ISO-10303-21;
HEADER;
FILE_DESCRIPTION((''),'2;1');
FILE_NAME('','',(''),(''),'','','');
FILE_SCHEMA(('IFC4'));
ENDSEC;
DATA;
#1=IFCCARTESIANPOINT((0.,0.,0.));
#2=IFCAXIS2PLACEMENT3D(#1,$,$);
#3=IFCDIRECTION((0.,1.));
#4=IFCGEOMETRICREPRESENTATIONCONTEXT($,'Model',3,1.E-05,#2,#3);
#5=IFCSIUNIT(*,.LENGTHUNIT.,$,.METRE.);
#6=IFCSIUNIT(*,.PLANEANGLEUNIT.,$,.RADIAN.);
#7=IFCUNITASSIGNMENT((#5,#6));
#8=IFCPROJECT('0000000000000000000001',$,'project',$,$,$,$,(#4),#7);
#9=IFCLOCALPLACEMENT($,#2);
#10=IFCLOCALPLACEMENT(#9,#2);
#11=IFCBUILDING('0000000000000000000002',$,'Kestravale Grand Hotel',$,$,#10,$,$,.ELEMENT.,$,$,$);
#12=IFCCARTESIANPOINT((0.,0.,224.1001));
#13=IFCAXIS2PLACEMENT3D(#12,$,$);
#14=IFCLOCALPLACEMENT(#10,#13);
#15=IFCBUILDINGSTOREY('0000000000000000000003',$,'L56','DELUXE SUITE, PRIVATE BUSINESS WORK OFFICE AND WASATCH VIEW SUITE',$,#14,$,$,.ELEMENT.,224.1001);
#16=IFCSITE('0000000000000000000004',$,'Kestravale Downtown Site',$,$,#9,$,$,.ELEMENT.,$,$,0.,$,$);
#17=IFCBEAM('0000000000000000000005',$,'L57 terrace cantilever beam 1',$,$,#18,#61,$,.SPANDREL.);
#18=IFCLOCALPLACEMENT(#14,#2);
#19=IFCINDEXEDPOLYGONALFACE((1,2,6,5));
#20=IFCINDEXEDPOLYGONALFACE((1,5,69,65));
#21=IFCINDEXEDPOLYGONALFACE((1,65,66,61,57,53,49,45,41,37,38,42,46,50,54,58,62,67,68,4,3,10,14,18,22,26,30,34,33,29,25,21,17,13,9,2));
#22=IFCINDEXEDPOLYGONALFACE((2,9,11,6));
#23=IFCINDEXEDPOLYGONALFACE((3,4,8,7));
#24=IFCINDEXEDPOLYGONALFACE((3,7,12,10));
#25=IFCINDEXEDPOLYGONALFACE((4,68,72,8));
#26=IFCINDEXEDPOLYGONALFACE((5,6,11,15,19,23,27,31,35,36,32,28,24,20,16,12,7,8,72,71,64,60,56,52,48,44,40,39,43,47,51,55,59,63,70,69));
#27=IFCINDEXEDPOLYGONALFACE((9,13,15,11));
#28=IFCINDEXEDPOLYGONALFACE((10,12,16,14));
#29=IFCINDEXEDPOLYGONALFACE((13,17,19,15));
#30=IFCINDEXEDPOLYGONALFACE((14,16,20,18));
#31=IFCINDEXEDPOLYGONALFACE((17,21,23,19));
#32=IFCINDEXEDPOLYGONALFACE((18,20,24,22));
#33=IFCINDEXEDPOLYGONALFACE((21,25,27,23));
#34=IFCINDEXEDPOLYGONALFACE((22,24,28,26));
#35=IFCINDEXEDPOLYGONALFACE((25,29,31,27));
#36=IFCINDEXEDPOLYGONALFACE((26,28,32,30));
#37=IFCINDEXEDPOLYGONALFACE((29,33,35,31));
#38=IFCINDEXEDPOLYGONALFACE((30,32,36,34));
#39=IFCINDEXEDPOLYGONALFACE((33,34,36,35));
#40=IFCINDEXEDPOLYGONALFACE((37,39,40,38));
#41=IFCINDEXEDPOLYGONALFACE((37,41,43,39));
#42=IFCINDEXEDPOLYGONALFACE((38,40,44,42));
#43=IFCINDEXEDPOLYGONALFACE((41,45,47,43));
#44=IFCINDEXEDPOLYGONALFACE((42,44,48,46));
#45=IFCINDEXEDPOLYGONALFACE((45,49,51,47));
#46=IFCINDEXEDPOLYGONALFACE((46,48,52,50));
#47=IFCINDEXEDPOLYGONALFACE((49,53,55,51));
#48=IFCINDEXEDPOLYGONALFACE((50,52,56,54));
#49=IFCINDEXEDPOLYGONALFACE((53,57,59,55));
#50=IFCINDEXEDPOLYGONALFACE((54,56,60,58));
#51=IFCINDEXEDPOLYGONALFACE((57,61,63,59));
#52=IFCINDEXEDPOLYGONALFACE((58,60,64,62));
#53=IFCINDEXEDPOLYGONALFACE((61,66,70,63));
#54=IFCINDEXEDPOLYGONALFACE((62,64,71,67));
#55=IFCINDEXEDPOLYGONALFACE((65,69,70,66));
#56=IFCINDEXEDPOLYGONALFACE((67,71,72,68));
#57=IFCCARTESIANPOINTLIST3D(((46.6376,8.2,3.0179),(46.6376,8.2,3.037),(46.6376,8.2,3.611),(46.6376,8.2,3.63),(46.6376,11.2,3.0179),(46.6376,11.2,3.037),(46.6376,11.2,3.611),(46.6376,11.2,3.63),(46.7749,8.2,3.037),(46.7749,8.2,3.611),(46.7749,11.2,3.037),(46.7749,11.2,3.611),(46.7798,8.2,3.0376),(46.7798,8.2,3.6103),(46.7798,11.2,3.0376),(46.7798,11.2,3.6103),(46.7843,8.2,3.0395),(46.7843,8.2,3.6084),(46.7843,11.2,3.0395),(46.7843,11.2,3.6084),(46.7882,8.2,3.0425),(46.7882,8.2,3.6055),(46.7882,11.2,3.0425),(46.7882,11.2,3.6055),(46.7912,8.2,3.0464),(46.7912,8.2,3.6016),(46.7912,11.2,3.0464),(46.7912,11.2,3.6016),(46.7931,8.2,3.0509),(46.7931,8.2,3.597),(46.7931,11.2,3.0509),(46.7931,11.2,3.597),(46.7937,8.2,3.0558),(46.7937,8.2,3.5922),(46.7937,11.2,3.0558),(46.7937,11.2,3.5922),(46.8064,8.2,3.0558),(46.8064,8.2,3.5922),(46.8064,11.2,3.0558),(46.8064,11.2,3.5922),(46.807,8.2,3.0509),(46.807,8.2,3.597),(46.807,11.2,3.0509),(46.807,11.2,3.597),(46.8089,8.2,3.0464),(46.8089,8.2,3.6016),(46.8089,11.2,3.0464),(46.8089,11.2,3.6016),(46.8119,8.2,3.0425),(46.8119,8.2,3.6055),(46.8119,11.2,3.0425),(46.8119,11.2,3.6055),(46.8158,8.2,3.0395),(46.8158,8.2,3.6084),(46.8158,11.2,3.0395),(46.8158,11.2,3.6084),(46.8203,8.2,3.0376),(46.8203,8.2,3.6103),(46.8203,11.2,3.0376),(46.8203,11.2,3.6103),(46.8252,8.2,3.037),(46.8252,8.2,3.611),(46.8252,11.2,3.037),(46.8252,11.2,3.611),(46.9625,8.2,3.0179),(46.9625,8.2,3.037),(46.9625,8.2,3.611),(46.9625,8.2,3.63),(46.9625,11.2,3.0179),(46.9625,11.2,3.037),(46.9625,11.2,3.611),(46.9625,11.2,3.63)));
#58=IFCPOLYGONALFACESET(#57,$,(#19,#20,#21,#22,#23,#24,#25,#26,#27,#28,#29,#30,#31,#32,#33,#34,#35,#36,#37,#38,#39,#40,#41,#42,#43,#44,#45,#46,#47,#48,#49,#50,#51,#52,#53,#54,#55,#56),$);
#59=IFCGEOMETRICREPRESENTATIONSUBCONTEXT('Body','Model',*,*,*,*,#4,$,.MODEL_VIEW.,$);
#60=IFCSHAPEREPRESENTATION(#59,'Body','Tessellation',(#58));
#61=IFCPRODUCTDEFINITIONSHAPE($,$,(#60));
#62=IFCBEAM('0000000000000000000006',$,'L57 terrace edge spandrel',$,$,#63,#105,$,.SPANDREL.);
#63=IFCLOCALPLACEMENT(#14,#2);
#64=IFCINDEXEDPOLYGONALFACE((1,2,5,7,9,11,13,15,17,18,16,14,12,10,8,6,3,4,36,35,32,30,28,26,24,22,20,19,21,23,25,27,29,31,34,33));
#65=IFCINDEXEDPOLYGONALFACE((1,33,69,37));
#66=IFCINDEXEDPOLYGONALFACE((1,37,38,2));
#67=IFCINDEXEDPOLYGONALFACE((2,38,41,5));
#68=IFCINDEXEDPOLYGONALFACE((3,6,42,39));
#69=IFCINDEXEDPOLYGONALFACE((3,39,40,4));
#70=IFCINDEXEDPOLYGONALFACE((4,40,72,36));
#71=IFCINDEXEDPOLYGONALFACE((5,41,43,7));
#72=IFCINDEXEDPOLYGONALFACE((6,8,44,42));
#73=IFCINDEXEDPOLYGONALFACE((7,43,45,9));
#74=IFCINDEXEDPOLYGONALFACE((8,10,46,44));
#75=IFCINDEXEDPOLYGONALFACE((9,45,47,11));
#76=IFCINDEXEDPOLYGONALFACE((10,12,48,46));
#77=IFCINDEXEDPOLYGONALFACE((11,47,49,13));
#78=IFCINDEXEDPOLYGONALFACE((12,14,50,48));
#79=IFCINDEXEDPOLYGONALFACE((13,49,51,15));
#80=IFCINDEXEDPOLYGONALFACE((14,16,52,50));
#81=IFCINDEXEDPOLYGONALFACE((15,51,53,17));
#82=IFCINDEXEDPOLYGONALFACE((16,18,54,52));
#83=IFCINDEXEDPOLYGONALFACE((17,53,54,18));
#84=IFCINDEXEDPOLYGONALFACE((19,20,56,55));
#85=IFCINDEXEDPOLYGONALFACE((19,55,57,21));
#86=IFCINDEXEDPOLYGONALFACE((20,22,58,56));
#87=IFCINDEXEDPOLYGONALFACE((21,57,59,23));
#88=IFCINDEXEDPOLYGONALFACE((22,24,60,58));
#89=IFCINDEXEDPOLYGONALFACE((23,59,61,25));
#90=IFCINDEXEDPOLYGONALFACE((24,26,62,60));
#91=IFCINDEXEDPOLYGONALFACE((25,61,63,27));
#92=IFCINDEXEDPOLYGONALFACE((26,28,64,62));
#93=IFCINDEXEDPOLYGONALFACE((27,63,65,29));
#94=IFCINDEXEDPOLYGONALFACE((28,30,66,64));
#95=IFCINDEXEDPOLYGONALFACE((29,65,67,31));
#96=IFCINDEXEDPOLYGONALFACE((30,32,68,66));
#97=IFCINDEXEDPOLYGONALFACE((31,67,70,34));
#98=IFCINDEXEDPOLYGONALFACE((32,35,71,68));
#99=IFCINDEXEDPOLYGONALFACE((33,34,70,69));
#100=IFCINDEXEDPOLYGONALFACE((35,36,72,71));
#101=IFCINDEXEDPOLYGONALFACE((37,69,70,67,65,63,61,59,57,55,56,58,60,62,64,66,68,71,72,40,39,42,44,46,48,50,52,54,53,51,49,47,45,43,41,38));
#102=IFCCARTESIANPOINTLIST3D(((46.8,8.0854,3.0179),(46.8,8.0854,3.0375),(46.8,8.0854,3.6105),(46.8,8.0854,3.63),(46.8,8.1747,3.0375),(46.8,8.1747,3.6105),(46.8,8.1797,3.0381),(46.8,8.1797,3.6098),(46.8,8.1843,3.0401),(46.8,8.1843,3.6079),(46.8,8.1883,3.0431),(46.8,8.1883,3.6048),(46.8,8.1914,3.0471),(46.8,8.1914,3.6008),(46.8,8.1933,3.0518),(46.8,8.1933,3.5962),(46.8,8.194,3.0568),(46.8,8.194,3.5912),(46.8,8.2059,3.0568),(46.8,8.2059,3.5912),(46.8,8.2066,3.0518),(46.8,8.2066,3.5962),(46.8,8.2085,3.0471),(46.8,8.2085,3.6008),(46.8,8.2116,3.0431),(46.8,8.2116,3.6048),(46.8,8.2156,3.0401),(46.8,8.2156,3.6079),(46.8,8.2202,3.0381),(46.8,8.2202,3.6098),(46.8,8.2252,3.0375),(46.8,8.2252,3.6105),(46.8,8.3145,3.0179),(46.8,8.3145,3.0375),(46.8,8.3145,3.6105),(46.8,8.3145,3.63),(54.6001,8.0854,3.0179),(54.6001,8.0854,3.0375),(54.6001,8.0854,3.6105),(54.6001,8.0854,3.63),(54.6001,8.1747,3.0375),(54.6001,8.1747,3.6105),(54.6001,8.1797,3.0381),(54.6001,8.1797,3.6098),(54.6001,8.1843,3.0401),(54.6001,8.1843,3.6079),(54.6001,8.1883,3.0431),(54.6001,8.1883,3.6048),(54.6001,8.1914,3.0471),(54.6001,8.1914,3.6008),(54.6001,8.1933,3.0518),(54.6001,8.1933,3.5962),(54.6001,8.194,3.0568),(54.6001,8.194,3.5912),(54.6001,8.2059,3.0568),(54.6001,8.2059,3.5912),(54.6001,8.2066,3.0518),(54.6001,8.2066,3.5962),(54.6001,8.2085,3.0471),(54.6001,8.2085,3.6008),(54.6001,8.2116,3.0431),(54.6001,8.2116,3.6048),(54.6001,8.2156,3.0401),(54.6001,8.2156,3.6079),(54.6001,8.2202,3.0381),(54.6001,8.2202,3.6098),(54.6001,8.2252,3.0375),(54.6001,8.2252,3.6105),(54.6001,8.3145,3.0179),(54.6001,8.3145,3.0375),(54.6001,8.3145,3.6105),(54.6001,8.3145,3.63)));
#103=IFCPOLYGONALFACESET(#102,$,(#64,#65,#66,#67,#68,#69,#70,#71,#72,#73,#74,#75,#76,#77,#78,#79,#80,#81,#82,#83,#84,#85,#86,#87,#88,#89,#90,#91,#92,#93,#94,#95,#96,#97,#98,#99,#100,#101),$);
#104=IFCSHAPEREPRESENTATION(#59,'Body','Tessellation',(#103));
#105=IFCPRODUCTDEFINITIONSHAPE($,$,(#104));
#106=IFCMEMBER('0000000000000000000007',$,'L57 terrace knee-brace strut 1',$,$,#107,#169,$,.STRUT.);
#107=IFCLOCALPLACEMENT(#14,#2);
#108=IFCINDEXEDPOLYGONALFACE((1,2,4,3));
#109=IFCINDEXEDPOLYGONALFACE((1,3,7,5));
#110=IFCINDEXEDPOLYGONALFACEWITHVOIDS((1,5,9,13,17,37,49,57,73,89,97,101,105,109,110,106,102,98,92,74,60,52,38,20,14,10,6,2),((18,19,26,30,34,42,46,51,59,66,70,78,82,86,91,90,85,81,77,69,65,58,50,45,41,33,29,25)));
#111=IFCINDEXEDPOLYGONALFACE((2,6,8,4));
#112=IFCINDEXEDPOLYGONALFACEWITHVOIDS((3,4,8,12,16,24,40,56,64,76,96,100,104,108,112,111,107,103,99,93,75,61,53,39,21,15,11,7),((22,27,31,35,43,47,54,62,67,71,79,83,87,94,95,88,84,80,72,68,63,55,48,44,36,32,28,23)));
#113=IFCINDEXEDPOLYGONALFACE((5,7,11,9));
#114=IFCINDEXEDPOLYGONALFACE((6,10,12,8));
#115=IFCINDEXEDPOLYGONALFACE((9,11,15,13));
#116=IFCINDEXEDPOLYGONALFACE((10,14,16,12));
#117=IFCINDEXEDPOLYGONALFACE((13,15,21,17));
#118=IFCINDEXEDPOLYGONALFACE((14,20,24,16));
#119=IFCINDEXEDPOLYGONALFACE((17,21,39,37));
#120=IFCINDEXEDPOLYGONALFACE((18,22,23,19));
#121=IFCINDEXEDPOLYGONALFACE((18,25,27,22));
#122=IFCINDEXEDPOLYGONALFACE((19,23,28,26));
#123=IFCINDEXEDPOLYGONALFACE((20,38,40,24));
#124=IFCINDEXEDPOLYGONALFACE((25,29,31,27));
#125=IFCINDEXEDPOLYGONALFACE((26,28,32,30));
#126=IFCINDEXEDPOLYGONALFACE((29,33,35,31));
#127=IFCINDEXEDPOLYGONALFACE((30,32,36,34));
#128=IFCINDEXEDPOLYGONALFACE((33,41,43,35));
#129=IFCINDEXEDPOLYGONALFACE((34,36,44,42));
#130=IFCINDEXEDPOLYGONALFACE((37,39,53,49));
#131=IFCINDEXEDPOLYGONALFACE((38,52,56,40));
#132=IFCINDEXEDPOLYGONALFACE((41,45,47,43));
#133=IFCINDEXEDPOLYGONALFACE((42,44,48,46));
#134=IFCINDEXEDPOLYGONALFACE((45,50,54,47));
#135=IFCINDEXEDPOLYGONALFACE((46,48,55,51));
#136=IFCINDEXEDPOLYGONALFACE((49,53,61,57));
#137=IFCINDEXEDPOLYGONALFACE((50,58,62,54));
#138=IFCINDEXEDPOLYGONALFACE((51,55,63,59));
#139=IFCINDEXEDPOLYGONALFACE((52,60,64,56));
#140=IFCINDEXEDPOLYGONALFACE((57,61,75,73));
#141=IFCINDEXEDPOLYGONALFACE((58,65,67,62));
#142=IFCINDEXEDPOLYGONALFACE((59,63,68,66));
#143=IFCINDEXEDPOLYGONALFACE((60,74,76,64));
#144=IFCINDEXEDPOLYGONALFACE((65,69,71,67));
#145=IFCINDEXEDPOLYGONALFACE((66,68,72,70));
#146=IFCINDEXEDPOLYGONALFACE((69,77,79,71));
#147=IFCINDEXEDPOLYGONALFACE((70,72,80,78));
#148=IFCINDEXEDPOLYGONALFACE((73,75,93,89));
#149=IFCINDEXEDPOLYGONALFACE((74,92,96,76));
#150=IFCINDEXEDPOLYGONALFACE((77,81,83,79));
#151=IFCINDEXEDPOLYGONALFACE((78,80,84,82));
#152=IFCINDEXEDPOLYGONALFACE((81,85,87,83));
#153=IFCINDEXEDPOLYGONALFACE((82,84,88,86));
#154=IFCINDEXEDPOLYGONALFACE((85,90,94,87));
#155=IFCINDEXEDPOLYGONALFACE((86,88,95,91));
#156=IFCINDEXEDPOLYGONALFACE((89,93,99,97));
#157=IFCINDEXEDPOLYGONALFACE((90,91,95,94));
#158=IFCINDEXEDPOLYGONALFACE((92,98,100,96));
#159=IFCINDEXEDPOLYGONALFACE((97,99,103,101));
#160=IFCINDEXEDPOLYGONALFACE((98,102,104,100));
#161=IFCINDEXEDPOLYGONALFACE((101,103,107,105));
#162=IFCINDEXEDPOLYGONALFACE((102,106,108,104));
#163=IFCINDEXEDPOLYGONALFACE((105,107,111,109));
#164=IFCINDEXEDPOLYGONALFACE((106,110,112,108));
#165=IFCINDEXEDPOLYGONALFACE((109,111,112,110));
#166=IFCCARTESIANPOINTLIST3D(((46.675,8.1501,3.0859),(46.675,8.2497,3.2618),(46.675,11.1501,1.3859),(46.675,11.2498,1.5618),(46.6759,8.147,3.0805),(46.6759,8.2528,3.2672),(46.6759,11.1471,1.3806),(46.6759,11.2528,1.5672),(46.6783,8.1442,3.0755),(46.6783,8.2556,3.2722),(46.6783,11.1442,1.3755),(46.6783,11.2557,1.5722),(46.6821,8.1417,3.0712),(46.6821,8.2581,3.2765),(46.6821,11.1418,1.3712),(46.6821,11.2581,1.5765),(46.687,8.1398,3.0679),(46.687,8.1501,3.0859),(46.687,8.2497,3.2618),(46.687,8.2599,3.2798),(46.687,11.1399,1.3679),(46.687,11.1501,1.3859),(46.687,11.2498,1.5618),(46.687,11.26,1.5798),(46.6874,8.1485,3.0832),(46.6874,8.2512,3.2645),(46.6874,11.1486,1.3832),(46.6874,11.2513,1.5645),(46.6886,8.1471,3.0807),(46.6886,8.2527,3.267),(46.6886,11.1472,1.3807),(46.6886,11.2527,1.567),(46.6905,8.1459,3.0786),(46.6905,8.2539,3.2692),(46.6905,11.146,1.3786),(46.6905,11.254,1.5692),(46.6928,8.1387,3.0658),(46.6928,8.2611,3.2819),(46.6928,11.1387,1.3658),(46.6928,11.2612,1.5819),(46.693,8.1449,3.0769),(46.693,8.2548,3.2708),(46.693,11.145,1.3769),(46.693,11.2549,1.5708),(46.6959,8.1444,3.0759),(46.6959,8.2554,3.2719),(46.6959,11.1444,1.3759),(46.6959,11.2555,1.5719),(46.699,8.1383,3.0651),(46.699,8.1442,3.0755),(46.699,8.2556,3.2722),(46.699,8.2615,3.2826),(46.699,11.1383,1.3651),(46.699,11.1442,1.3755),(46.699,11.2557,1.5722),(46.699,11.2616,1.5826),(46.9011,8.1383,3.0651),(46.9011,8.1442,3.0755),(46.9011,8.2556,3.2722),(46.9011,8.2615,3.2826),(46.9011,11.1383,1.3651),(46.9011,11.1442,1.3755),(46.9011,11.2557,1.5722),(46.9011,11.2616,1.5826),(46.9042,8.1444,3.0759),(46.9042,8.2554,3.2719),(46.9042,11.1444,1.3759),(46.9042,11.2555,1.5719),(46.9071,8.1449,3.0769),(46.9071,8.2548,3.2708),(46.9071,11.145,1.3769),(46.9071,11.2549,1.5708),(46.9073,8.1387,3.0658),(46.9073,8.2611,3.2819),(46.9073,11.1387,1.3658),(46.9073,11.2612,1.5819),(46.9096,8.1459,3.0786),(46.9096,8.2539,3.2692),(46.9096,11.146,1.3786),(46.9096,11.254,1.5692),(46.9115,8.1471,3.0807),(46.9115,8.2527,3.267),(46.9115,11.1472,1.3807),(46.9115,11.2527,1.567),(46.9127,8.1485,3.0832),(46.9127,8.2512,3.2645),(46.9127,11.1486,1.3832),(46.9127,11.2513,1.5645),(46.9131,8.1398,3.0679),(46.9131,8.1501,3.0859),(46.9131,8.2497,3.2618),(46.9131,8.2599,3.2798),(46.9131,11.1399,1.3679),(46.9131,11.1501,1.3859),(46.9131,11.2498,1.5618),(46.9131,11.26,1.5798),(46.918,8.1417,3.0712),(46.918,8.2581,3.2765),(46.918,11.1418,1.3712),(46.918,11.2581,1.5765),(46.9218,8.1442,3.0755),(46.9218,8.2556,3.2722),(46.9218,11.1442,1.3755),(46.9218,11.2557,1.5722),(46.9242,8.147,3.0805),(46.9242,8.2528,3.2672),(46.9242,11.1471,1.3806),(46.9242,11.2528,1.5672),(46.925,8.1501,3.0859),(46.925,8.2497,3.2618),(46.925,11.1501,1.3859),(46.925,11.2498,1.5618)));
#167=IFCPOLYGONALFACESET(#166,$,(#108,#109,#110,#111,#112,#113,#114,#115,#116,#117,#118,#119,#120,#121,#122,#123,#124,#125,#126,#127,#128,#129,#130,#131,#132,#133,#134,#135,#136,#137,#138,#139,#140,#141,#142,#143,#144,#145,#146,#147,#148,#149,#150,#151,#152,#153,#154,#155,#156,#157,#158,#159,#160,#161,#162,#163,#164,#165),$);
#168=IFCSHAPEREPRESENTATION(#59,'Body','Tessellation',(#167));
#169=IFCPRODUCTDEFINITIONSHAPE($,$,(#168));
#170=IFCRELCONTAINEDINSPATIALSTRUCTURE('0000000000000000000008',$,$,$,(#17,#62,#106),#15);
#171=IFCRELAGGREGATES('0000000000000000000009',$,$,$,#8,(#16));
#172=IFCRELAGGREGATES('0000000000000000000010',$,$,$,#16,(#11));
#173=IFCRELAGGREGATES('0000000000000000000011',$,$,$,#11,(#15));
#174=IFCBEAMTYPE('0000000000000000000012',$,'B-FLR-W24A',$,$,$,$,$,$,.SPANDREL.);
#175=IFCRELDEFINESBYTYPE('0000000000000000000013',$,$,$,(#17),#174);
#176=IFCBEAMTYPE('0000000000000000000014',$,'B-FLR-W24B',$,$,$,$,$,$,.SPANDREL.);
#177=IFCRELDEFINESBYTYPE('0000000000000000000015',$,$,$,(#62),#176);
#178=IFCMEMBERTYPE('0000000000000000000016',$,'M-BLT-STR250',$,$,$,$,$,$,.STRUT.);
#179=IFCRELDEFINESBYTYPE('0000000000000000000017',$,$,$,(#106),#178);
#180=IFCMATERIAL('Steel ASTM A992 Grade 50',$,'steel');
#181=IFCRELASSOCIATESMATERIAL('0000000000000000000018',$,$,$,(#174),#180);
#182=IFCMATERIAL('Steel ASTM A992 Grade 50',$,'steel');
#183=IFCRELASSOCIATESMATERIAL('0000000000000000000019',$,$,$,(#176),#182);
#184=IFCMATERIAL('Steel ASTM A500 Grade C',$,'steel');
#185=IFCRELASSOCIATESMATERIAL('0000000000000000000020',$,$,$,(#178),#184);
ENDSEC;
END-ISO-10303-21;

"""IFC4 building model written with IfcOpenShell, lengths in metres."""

from ifc_helpers import new_model, si_unit, direction, frame, origin, origin_2d, place, context, subcontext, project, spatial, hollow_rectangle, i_section, extrude, material, material_profile, profile_set, type_object, element, save


model = new_model("IFC4")

# Units and contexts
model_context = context("Model", 3, precision=1e-05, world=origin(), true_north=direction((0.0, 1.0)))
body_context = subcontext(model_context, "Body", "Model", "MODEL_VIEW")
ifc_project = project(units=[si_unit("LENGTHUNIT", "METRE"), si_unit("PLANEANGLEUNIT", "RADIAN")], contexts=[model_context])

# Site, building, storey
site_placement = place(None, origin())
site = spatial("IfcSite", under=ifc_project, at=site_placement, Name="Kestravale Downtown Site", CompositionType="ELEMENT", RefElevation=0.0)
building_placement = place(site_placement, origin())
building = spatial("IfcBuilding", under=site, at=building_placement, Name="Kestravale Grand Hotel", CompositionType="ELEMENT")
storey_placement = place(building_placement, frame((0.0, 0.0, 224.1001)))
storey = spatial("IfcBuildingStorey", under=building, at=storey_placement, Name="L56", Description="DELUXE SUITE, PRIVATE BUSINESS WORK OFFICE AND WASATCH VIEW SUITE", CompositionType="ELEMENT", Elevation=224.1001)

# Beams
ifc_material_1 = material(Name="Steel ASTM A992 Grade 50", Category="steel")
ifc_material_profile_1 = material_profile(ifc_material_1, i_section(OverallWidth=0.325, OverallDepth=0.6121, WebThickness=0.0127, FlangeThickness=0.019, FilletRadius=0.0188, at=origin_2d()))
ifc_profile_set_1 = profile_set([ifc_material_profile_1], Name="Steel ASTM A992 Grade 50")
beam_type_1 = type_object("IfcBeamType", Name="B-FLR-W24A", PredefinedType="SPANDREL", material=ifc_profile_set_1)
beam_1_placement = place(storey_placement, frame((46.8, 11.2, 3.324), z_axis=(0.0, -1.0, 0.0), x_axis=(1.0, 0.0, 0.0)))
element("IfcBeam", 1, at=beam_1_placement, inside=storey, type_object=beam_type_1, Name="L57 terrace cantilever beam 1", PredefinedType="SPANDREL", context=body_context, shape_type="SweptSolid", body=[
    extrude(i_section(OverallWidth=0.325, OverallDepth=0.6121, WebThickness=0.0127, FlangeThickness=0.019, FilletRadius=0.0188, at=origin_2d()), origin(), (0.0, 0.0, 1.0), 3.0),
])
ifc_material_2 = material(Name="Steel ASTM A992 Grade 50", Category="steel")
ifc_material_profile_2 = material_profile(ifc_material_2, i_section(OverallWidth=0.229, OverallDepth=0.6121, WebThickness=0.012, FlangeThickness=0.0195, FilletRadius=0.0193, at=origin_2d()))
ifc_profile_set_2 = profile_set([ifc_material_profile_2], Name="Steel ASTM A992 Grade 50")
beam_type_2 = type_object("IfcBeamType", Name="B-FLR-W24B", PredefinedType="SPANDREL", material=ifc_profile_set_2)
beam_2_placement = place(storey_placement, frame((46.8, 8.2, 3.324), z_axis=(1.0, 0.0, 0.0), x_axis=(0.0, 1.0, 0.0)))
element("IfcBeam", 2, at=beam_2_placement, inside=storey, type_object=beam_type_2, Name="L57 terrace edge spandrel", PredefinedType="SPANDREL", context=body_context, shape_type="SweptSolid", body=[
    extrude(i_section(OverallWidth=0.229, OverallDepth=0.6121, WebThickness=0.012, FlangeThickness=0.0195, FilletRadius=0.0193, at=origin_2d()), origin(), (0.0, 0.0, 1.0), 7.8),
])

# Member
ifc_material_3 = material(Name="Steel ASTM A500 Grade C", Category="steel")
ifc_material_profile_3 = material_profile(ifc_material_3, hollow_rectangle(XDim=0.25, YDim=0.25, WallThickness=0.012, InnerFilletRadius=0.012, OuterFilletRadius=0.0239, at=origin_2d()))
ifc_profile_set_3 = profile_set([ifc_material_profile_3], Name="Steel ASTM A500 Grade C")
member_type = type_object("IfcMemberType", Name="M-BLT-STR250", PredefinedType="STRUT", material=ifc_profile_set_3)
member_placement = place(storey_placement, frame((46.8, 11.2, 1.4739), z_axis=(0.0, -0.870028, 0.493002), x_axis=(1.0, 0.0, 0.0)))
element("IfcMember", 3, at=member_placement, inside=storey, type_object=member_type, Name="L57 terrace knee-brace strut 1", PredefinedType="STRUT", context=body_context, shape_type="SweptSolid", body=[
    extrude(hollow_rectangle(XDim=0.25, YDim=0.25, WallThickness=0.012, InnerFilletRadius=0.012, OuterFilletRadius=0.0239, at=origin_2d()), origin(), (0.0, 0.0, 1.0), 3.4482),
])

save(model, "model.ifc")
